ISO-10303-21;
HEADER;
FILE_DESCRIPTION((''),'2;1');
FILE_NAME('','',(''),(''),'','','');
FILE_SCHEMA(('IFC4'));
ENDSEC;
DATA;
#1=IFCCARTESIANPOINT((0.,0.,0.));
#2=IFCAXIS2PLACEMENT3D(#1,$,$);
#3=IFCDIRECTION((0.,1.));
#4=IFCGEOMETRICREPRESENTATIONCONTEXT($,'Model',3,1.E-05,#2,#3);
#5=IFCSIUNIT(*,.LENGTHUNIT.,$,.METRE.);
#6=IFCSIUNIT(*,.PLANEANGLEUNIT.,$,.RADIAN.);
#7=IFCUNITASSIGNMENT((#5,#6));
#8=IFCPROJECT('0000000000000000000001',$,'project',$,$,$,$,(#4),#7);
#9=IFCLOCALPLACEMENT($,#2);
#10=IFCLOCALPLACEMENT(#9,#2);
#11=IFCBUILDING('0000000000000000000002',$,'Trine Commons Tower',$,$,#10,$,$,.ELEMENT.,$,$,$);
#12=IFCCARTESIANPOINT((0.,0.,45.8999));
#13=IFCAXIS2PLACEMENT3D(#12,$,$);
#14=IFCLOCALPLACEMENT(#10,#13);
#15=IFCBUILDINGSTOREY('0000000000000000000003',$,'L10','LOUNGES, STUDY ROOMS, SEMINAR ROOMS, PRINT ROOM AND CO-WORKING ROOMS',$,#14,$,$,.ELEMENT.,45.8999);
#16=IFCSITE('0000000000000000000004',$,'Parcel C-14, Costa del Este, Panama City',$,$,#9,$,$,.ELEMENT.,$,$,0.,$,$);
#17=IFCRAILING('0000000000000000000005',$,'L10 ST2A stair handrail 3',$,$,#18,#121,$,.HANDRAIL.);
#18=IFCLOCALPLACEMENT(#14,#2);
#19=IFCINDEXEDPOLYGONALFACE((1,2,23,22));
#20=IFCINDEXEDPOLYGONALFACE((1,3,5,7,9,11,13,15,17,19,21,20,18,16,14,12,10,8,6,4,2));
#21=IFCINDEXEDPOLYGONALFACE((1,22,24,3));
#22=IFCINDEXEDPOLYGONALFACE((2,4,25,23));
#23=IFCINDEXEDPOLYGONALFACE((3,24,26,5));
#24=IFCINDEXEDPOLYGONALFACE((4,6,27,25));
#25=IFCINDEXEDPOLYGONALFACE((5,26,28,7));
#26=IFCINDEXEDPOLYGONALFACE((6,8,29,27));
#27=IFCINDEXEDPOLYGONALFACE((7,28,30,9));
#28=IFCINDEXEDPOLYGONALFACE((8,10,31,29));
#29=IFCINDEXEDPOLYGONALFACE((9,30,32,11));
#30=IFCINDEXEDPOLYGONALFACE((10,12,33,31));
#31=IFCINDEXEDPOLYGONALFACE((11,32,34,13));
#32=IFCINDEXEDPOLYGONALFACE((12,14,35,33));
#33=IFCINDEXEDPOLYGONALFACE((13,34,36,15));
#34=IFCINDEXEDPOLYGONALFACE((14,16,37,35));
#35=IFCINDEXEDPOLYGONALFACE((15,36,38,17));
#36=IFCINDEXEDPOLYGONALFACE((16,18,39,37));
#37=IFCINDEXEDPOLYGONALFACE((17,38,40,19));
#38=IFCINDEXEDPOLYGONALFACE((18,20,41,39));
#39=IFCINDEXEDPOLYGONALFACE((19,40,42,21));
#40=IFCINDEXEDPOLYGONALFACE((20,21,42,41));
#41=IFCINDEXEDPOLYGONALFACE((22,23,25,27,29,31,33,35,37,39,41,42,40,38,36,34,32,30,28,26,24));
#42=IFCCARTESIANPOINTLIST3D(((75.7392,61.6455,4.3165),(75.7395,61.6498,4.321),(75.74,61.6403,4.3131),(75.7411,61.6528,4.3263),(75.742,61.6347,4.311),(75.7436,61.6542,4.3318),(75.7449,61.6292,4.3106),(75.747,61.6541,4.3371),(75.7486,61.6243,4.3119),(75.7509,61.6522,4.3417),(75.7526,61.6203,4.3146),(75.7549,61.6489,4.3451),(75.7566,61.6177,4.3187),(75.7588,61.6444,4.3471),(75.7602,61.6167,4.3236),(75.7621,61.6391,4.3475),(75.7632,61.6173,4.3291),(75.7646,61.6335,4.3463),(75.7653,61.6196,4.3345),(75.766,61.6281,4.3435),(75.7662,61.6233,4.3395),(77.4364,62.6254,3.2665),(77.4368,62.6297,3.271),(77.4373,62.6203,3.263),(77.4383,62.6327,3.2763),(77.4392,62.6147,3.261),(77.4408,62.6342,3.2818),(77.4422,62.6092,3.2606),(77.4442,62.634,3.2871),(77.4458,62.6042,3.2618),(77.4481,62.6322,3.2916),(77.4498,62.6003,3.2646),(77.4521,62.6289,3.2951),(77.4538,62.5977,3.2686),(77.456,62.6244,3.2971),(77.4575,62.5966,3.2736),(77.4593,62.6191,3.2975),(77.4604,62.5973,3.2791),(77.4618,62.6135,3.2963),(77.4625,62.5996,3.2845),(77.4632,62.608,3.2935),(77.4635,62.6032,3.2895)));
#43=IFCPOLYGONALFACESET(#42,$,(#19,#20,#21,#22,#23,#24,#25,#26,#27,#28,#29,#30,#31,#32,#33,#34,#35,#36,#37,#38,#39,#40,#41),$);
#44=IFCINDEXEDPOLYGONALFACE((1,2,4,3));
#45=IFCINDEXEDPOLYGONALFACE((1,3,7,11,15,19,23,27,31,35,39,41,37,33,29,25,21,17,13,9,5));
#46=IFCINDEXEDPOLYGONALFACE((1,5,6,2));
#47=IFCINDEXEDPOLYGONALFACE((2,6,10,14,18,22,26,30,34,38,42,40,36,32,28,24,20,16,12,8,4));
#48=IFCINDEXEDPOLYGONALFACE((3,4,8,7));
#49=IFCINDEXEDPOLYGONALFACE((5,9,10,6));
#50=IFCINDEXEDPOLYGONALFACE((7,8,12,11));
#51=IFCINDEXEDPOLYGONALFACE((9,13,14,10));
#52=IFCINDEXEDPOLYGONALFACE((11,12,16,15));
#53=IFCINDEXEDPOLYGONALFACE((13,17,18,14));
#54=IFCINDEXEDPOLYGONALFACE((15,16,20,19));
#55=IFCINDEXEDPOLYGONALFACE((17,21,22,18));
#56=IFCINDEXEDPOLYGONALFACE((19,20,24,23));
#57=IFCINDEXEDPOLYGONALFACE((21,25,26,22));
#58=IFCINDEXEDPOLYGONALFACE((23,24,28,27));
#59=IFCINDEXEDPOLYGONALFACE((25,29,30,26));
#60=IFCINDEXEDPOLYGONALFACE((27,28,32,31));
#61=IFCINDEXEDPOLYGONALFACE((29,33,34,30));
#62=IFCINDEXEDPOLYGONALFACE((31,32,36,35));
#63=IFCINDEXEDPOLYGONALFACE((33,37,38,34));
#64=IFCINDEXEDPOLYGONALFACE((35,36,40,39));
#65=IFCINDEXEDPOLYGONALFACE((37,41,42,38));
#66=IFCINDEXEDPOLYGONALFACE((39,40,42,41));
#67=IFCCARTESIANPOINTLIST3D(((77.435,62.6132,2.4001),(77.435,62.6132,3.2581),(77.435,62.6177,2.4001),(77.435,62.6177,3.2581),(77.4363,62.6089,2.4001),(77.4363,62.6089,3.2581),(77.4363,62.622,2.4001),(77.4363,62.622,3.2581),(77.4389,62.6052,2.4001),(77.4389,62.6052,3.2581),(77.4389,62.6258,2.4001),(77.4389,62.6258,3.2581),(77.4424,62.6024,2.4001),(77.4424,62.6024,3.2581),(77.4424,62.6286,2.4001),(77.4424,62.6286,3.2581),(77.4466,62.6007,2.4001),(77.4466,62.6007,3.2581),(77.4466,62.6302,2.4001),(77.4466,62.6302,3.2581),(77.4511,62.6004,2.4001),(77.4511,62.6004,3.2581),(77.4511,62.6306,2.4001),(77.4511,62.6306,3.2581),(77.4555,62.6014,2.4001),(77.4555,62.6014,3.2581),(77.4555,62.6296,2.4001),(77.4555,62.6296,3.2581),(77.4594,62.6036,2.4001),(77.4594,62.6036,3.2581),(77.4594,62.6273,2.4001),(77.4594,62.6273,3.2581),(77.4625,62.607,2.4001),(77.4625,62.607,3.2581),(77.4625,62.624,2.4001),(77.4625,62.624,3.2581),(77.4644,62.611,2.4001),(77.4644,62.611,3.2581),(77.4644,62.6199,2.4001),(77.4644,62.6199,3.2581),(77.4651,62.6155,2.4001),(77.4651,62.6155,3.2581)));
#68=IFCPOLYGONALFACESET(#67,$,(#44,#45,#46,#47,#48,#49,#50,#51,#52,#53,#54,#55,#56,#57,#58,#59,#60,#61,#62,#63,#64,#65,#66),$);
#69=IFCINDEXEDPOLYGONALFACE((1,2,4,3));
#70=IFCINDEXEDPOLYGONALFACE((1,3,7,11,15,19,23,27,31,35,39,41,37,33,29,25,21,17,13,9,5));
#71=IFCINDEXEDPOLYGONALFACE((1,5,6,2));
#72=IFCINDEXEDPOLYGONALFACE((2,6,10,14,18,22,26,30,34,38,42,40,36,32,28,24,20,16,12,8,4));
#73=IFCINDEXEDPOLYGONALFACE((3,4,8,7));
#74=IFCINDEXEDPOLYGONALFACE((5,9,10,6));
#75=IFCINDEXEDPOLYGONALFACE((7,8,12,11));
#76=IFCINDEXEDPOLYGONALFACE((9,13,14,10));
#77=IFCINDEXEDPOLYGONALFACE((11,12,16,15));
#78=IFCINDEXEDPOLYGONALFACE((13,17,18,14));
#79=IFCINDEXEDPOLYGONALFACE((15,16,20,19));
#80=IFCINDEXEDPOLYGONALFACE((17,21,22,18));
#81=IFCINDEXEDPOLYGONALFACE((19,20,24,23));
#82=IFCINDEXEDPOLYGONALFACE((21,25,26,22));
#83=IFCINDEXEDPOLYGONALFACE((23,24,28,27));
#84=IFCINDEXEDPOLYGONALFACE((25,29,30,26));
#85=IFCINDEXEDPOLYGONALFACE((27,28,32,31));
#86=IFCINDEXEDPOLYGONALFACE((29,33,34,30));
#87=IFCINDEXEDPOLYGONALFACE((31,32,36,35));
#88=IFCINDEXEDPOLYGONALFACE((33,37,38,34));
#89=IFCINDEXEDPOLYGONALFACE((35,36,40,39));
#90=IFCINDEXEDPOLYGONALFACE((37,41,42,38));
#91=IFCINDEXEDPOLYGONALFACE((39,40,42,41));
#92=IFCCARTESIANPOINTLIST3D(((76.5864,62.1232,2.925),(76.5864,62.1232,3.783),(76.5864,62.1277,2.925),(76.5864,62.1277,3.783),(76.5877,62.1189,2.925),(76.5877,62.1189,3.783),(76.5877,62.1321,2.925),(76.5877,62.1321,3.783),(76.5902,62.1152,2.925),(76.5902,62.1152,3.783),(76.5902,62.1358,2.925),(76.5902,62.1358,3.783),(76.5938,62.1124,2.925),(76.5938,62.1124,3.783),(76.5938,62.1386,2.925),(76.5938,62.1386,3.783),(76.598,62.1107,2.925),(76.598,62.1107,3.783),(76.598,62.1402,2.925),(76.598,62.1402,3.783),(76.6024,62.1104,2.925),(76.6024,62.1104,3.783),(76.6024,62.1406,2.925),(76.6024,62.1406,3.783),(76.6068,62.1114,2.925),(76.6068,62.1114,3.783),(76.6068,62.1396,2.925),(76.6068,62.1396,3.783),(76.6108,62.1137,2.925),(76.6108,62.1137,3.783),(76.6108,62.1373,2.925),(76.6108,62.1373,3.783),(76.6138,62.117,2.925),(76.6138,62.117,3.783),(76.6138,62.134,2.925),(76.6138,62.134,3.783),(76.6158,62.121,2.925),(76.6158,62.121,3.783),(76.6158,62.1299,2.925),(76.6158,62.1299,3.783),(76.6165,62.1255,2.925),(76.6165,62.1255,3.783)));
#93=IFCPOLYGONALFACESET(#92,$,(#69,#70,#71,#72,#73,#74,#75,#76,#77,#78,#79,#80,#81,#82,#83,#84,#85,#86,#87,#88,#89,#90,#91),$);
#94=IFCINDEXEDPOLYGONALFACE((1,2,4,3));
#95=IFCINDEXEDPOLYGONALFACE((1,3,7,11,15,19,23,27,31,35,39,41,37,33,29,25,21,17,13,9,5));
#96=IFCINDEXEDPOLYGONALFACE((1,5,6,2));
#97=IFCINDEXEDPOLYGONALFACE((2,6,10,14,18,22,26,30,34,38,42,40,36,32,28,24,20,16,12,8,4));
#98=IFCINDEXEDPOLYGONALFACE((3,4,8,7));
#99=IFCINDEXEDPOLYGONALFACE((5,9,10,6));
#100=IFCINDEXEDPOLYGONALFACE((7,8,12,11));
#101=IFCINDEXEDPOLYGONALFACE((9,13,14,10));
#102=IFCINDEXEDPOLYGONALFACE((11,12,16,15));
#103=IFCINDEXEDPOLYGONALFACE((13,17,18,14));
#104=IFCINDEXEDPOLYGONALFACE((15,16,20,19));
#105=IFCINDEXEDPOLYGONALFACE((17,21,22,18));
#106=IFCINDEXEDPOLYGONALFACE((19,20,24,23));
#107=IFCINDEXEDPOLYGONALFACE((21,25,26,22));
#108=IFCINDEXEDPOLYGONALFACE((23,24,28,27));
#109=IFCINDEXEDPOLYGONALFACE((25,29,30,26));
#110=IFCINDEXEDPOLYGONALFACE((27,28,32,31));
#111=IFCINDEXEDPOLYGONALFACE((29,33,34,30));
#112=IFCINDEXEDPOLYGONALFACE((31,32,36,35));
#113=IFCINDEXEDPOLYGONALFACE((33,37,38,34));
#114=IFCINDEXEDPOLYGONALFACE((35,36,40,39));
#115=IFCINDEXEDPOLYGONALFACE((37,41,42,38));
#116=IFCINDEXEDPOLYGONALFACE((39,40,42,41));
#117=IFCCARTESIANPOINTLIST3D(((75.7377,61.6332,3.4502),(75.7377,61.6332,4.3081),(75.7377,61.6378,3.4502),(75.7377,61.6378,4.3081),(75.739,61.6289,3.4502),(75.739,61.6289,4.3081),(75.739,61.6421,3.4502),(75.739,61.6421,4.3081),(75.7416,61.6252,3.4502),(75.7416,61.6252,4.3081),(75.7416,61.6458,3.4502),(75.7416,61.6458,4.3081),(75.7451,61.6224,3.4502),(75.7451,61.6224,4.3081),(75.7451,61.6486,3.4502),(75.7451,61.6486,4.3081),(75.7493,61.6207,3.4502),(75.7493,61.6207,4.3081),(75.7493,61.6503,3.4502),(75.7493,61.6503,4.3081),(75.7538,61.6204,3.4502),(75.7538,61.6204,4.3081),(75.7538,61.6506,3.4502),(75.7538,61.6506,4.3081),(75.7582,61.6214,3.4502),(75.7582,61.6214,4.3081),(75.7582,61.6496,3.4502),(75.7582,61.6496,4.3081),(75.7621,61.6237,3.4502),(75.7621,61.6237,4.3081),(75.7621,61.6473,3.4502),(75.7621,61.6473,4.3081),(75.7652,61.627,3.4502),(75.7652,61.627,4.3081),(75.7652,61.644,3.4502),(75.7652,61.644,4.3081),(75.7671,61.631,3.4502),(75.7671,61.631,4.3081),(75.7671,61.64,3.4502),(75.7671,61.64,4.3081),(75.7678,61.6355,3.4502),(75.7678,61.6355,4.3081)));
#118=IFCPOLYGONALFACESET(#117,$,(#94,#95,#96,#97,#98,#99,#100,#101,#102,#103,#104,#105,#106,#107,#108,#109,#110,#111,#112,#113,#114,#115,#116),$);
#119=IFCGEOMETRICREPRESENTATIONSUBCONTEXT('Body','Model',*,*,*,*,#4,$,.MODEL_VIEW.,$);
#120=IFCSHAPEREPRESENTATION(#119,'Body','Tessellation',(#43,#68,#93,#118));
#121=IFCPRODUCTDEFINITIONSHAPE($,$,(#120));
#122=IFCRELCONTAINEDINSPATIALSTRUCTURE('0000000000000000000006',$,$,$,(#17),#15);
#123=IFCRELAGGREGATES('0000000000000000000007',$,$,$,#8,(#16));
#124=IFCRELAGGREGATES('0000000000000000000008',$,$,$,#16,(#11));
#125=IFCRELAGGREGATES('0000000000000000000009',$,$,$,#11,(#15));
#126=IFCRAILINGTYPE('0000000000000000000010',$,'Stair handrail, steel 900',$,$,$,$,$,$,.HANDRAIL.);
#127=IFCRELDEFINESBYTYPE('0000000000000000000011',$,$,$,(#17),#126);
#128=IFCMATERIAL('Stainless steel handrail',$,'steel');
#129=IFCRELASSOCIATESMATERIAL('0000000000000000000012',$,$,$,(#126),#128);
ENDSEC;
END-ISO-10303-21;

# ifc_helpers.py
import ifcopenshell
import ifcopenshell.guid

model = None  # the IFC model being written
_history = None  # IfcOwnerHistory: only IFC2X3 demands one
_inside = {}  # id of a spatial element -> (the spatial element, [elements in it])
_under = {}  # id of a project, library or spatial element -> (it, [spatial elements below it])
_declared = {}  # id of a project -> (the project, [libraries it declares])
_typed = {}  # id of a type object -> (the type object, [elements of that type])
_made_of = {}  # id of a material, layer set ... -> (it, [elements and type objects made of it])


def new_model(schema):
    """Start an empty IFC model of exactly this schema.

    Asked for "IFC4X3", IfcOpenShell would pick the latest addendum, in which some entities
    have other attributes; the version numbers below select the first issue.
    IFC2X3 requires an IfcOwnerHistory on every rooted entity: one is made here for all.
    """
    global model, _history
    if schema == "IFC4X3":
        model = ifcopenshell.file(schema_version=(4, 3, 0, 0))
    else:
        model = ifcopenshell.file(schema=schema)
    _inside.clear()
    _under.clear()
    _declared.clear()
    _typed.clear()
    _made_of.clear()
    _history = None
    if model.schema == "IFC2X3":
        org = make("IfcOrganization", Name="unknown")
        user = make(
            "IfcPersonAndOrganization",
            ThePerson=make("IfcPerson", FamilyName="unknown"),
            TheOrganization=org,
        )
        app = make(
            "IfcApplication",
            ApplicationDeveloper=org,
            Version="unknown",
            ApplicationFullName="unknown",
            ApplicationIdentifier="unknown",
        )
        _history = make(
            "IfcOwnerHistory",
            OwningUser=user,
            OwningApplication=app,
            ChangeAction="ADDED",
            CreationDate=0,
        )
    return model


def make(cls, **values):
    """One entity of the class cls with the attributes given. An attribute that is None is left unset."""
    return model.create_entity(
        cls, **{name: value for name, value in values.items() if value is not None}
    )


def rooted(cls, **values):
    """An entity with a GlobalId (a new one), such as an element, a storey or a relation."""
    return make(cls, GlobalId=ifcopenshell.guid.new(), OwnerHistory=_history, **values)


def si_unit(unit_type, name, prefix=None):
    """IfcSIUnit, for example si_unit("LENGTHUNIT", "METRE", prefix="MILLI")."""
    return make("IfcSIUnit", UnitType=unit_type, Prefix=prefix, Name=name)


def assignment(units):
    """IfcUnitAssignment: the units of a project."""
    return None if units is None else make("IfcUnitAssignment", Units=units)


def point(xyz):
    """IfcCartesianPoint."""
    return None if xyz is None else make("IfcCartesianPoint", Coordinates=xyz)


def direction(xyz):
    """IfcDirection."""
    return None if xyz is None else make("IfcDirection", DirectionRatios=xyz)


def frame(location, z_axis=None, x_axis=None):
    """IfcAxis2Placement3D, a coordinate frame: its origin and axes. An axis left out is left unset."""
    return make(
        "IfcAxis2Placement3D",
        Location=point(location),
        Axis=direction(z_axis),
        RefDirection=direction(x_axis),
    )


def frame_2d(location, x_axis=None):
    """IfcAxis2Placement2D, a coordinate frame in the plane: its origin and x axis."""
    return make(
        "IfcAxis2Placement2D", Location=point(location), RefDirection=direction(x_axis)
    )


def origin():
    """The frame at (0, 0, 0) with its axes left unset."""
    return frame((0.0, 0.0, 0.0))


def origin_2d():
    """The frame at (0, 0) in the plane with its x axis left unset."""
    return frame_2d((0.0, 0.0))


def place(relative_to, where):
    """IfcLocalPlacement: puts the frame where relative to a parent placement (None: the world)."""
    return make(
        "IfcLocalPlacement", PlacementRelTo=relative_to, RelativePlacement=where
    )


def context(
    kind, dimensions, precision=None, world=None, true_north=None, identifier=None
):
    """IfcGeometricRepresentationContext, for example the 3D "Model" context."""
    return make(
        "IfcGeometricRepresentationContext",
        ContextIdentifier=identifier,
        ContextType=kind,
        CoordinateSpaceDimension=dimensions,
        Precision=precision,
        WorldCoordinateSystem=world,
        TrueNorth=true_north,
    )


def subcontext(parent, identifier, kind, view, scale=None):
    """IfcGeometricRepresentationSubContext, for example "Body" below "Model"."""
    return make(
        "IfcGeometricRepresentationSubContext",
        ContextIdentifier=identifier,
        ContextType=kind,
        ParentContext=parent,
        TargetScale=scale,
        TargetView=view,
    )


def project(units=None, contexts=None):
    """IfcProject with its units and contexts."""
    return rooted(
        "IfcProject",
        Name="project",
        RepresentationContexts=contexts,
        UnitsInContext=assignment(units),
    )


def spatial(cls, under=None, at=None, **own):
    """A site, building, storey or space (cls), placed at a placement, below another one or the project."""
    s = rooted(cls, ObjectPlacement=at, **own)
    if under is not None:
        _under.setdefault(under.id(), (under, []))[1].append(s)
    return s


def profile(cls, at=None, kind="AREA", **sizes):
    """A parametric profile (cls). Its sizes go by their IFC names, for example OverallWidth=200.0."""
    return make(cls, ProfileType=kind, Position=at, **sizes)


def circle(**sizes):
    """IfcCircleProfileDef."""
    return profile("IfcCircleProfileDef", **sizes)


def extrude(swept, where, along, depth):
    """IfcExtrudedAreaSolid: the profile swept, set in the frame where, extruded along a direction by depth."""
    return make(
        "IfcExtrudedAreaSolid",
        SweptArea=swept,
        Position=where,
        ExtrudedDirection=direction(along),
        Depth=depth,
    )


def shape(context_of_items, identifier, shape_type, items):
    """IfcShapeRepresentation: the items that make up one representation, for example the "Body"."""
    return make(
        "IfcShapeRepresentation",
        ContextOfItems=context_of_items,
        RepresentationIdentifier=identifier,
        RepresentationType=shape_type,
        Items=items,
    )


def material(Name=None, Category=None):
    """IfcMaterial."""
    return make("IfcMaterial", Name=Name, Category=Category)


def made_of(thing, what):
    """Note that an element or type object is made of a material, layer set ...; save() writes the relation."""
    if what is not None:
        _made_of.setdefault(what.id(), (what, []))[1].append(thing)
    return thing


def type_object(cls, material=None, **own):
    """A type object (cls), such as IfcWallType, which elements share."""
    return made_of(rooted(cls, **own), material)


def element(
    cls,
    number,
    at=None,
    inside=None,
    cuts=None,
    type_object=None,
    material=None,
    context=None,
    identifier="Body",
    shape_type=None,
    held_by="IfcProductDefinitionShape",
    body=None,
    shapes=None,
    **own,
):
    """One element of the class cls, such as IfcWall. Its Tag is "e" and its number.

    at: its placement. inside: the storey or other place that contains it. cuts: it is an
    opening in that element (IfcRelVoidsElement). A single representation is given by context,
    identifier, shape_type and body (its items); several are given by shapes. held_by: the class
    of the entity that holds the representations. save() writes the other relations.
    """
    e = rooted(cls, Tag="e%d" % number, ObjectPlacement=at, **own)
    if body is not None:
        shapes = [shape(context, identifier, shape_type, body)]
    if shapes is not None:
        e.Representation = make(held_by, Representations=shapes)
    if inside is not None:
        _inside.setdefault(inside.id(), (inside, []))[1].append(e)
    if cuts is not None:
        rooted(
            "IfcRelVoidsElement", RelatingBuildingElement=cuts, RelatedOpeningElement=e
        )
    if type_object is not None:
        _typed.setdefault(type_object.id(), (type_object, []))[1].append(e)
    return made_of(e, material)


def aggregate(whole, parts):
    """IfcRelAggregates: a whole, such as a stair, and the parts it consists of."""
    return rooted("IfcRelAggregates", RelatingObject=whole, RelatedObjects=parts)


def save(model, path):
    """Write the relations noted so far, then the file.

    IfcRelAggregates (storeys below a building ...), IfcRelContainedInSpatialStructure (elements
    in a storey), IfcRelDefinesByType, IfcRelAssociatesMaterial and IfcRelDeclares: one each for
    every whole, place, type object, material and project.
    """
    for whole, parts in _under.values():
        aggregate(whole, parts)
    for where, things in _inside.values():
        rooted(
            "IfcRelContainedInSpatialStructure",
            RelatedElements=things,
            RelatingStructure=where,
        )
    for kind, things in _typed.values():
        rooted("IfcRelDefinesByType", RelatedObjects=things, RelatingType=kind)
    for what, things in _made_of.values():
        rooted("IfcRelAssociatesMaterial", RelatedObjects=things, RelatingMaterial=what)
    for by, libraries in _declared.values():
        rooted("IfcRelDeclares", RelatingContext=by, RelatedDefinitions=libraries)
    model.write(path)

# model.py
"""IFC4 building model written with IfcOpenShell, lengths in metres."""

from ifc_helpers import new_model, si_unit, direction, frame, origin, origin_2d, place, context, subcontext, project, spatial, circle, extrude, material, type_object, element, save


model = new_model("IFC4")

# Units and contexts
model_context = context("Model", 3, precision=1e-05, world=origin(), true_north=direction((0.0, 1.0)))
body_context = subcontext(model_context, "Body", "Model", "MODEL_VIEW")
ifc_project = project(units=[si_unit("LENGTHUNIT", "METRE"), si_unit("PLANEANGLEUNIT", "RADIAN")], contexts=[model_context])

# Site, building, storey
site_placement = place(None, origin())
site = spatial("IfcSite", under=ifc_project, at=site_placement, Name="Parcel C-14, Costa del Este, Panama City", CompositionType="ELEMENT", RefElevation=0.0)
building_placement = place(site_placement, origin())
building = spatial("IfcBuilding", under=site, at=building_placement, Name="Trine Commons Tower", CompositionType="ELEMENT")
storey_placement = place(building_placement, frame((0.0, 0.0, 45.8999)))
storey = spatial("IfcBuildingStorey", under=building, at=storey_placement, Name="L10", Description="LOUNGES, STUDY ROOMS, SEMINAR ROOMS, PRINT ROOM AND CO-WORKING ROOMS", CompositionType="ELEMENT", Elevation=45.8999)

# Railing
ifc_material_1 = material(Name="Stainless steel handrail", Category="steel")
railing_type_1 = type_object("IfcRailingType", Name="Stair handrail, steel 900", PredefinedType="HANDRAIL", material=ifc_material_1)
railing_1_placement = place(storey_placement, frame((77.45, 62.6155, 2.4001)))
element("IfcRailing", 1, at=railing_1_placement, inside=storey, type_object=railing_type_1, Name="L10 ST2A stair handrail 3", PredefinedType="HANDRAIL", context=body_context, shape_type="SweptSolid", body=[
    extrude(circle(Radius=0.021, at=origin_2d()), frame((0.0, 0.0, 0.8789), z_axis=(-0.763352, -0.44075, 0.472264), x_axis=(0.500024, -0.866011, 0.0)), (0.0, 0.0, 1.0), 2.2234),
    extrude(circle(Radius=0.0151, at=origin_2d()), origin(), (0.0, 0.0, 1.0), 0.8579),
    extrude(circle(Radius=0.0151, at=origin_2d()), frame((-0.8486, -0.49, 0.5249)), (0.0, 0.0, 1.0), 0.8579),
    extrude(circle(Radius=0.0151, at=origin_2d()), frame((-1.6973, -0.98, 1.05)), (0.0, 0.0, 1.0), 0.8579),
])

save(model, "model.ifc")
